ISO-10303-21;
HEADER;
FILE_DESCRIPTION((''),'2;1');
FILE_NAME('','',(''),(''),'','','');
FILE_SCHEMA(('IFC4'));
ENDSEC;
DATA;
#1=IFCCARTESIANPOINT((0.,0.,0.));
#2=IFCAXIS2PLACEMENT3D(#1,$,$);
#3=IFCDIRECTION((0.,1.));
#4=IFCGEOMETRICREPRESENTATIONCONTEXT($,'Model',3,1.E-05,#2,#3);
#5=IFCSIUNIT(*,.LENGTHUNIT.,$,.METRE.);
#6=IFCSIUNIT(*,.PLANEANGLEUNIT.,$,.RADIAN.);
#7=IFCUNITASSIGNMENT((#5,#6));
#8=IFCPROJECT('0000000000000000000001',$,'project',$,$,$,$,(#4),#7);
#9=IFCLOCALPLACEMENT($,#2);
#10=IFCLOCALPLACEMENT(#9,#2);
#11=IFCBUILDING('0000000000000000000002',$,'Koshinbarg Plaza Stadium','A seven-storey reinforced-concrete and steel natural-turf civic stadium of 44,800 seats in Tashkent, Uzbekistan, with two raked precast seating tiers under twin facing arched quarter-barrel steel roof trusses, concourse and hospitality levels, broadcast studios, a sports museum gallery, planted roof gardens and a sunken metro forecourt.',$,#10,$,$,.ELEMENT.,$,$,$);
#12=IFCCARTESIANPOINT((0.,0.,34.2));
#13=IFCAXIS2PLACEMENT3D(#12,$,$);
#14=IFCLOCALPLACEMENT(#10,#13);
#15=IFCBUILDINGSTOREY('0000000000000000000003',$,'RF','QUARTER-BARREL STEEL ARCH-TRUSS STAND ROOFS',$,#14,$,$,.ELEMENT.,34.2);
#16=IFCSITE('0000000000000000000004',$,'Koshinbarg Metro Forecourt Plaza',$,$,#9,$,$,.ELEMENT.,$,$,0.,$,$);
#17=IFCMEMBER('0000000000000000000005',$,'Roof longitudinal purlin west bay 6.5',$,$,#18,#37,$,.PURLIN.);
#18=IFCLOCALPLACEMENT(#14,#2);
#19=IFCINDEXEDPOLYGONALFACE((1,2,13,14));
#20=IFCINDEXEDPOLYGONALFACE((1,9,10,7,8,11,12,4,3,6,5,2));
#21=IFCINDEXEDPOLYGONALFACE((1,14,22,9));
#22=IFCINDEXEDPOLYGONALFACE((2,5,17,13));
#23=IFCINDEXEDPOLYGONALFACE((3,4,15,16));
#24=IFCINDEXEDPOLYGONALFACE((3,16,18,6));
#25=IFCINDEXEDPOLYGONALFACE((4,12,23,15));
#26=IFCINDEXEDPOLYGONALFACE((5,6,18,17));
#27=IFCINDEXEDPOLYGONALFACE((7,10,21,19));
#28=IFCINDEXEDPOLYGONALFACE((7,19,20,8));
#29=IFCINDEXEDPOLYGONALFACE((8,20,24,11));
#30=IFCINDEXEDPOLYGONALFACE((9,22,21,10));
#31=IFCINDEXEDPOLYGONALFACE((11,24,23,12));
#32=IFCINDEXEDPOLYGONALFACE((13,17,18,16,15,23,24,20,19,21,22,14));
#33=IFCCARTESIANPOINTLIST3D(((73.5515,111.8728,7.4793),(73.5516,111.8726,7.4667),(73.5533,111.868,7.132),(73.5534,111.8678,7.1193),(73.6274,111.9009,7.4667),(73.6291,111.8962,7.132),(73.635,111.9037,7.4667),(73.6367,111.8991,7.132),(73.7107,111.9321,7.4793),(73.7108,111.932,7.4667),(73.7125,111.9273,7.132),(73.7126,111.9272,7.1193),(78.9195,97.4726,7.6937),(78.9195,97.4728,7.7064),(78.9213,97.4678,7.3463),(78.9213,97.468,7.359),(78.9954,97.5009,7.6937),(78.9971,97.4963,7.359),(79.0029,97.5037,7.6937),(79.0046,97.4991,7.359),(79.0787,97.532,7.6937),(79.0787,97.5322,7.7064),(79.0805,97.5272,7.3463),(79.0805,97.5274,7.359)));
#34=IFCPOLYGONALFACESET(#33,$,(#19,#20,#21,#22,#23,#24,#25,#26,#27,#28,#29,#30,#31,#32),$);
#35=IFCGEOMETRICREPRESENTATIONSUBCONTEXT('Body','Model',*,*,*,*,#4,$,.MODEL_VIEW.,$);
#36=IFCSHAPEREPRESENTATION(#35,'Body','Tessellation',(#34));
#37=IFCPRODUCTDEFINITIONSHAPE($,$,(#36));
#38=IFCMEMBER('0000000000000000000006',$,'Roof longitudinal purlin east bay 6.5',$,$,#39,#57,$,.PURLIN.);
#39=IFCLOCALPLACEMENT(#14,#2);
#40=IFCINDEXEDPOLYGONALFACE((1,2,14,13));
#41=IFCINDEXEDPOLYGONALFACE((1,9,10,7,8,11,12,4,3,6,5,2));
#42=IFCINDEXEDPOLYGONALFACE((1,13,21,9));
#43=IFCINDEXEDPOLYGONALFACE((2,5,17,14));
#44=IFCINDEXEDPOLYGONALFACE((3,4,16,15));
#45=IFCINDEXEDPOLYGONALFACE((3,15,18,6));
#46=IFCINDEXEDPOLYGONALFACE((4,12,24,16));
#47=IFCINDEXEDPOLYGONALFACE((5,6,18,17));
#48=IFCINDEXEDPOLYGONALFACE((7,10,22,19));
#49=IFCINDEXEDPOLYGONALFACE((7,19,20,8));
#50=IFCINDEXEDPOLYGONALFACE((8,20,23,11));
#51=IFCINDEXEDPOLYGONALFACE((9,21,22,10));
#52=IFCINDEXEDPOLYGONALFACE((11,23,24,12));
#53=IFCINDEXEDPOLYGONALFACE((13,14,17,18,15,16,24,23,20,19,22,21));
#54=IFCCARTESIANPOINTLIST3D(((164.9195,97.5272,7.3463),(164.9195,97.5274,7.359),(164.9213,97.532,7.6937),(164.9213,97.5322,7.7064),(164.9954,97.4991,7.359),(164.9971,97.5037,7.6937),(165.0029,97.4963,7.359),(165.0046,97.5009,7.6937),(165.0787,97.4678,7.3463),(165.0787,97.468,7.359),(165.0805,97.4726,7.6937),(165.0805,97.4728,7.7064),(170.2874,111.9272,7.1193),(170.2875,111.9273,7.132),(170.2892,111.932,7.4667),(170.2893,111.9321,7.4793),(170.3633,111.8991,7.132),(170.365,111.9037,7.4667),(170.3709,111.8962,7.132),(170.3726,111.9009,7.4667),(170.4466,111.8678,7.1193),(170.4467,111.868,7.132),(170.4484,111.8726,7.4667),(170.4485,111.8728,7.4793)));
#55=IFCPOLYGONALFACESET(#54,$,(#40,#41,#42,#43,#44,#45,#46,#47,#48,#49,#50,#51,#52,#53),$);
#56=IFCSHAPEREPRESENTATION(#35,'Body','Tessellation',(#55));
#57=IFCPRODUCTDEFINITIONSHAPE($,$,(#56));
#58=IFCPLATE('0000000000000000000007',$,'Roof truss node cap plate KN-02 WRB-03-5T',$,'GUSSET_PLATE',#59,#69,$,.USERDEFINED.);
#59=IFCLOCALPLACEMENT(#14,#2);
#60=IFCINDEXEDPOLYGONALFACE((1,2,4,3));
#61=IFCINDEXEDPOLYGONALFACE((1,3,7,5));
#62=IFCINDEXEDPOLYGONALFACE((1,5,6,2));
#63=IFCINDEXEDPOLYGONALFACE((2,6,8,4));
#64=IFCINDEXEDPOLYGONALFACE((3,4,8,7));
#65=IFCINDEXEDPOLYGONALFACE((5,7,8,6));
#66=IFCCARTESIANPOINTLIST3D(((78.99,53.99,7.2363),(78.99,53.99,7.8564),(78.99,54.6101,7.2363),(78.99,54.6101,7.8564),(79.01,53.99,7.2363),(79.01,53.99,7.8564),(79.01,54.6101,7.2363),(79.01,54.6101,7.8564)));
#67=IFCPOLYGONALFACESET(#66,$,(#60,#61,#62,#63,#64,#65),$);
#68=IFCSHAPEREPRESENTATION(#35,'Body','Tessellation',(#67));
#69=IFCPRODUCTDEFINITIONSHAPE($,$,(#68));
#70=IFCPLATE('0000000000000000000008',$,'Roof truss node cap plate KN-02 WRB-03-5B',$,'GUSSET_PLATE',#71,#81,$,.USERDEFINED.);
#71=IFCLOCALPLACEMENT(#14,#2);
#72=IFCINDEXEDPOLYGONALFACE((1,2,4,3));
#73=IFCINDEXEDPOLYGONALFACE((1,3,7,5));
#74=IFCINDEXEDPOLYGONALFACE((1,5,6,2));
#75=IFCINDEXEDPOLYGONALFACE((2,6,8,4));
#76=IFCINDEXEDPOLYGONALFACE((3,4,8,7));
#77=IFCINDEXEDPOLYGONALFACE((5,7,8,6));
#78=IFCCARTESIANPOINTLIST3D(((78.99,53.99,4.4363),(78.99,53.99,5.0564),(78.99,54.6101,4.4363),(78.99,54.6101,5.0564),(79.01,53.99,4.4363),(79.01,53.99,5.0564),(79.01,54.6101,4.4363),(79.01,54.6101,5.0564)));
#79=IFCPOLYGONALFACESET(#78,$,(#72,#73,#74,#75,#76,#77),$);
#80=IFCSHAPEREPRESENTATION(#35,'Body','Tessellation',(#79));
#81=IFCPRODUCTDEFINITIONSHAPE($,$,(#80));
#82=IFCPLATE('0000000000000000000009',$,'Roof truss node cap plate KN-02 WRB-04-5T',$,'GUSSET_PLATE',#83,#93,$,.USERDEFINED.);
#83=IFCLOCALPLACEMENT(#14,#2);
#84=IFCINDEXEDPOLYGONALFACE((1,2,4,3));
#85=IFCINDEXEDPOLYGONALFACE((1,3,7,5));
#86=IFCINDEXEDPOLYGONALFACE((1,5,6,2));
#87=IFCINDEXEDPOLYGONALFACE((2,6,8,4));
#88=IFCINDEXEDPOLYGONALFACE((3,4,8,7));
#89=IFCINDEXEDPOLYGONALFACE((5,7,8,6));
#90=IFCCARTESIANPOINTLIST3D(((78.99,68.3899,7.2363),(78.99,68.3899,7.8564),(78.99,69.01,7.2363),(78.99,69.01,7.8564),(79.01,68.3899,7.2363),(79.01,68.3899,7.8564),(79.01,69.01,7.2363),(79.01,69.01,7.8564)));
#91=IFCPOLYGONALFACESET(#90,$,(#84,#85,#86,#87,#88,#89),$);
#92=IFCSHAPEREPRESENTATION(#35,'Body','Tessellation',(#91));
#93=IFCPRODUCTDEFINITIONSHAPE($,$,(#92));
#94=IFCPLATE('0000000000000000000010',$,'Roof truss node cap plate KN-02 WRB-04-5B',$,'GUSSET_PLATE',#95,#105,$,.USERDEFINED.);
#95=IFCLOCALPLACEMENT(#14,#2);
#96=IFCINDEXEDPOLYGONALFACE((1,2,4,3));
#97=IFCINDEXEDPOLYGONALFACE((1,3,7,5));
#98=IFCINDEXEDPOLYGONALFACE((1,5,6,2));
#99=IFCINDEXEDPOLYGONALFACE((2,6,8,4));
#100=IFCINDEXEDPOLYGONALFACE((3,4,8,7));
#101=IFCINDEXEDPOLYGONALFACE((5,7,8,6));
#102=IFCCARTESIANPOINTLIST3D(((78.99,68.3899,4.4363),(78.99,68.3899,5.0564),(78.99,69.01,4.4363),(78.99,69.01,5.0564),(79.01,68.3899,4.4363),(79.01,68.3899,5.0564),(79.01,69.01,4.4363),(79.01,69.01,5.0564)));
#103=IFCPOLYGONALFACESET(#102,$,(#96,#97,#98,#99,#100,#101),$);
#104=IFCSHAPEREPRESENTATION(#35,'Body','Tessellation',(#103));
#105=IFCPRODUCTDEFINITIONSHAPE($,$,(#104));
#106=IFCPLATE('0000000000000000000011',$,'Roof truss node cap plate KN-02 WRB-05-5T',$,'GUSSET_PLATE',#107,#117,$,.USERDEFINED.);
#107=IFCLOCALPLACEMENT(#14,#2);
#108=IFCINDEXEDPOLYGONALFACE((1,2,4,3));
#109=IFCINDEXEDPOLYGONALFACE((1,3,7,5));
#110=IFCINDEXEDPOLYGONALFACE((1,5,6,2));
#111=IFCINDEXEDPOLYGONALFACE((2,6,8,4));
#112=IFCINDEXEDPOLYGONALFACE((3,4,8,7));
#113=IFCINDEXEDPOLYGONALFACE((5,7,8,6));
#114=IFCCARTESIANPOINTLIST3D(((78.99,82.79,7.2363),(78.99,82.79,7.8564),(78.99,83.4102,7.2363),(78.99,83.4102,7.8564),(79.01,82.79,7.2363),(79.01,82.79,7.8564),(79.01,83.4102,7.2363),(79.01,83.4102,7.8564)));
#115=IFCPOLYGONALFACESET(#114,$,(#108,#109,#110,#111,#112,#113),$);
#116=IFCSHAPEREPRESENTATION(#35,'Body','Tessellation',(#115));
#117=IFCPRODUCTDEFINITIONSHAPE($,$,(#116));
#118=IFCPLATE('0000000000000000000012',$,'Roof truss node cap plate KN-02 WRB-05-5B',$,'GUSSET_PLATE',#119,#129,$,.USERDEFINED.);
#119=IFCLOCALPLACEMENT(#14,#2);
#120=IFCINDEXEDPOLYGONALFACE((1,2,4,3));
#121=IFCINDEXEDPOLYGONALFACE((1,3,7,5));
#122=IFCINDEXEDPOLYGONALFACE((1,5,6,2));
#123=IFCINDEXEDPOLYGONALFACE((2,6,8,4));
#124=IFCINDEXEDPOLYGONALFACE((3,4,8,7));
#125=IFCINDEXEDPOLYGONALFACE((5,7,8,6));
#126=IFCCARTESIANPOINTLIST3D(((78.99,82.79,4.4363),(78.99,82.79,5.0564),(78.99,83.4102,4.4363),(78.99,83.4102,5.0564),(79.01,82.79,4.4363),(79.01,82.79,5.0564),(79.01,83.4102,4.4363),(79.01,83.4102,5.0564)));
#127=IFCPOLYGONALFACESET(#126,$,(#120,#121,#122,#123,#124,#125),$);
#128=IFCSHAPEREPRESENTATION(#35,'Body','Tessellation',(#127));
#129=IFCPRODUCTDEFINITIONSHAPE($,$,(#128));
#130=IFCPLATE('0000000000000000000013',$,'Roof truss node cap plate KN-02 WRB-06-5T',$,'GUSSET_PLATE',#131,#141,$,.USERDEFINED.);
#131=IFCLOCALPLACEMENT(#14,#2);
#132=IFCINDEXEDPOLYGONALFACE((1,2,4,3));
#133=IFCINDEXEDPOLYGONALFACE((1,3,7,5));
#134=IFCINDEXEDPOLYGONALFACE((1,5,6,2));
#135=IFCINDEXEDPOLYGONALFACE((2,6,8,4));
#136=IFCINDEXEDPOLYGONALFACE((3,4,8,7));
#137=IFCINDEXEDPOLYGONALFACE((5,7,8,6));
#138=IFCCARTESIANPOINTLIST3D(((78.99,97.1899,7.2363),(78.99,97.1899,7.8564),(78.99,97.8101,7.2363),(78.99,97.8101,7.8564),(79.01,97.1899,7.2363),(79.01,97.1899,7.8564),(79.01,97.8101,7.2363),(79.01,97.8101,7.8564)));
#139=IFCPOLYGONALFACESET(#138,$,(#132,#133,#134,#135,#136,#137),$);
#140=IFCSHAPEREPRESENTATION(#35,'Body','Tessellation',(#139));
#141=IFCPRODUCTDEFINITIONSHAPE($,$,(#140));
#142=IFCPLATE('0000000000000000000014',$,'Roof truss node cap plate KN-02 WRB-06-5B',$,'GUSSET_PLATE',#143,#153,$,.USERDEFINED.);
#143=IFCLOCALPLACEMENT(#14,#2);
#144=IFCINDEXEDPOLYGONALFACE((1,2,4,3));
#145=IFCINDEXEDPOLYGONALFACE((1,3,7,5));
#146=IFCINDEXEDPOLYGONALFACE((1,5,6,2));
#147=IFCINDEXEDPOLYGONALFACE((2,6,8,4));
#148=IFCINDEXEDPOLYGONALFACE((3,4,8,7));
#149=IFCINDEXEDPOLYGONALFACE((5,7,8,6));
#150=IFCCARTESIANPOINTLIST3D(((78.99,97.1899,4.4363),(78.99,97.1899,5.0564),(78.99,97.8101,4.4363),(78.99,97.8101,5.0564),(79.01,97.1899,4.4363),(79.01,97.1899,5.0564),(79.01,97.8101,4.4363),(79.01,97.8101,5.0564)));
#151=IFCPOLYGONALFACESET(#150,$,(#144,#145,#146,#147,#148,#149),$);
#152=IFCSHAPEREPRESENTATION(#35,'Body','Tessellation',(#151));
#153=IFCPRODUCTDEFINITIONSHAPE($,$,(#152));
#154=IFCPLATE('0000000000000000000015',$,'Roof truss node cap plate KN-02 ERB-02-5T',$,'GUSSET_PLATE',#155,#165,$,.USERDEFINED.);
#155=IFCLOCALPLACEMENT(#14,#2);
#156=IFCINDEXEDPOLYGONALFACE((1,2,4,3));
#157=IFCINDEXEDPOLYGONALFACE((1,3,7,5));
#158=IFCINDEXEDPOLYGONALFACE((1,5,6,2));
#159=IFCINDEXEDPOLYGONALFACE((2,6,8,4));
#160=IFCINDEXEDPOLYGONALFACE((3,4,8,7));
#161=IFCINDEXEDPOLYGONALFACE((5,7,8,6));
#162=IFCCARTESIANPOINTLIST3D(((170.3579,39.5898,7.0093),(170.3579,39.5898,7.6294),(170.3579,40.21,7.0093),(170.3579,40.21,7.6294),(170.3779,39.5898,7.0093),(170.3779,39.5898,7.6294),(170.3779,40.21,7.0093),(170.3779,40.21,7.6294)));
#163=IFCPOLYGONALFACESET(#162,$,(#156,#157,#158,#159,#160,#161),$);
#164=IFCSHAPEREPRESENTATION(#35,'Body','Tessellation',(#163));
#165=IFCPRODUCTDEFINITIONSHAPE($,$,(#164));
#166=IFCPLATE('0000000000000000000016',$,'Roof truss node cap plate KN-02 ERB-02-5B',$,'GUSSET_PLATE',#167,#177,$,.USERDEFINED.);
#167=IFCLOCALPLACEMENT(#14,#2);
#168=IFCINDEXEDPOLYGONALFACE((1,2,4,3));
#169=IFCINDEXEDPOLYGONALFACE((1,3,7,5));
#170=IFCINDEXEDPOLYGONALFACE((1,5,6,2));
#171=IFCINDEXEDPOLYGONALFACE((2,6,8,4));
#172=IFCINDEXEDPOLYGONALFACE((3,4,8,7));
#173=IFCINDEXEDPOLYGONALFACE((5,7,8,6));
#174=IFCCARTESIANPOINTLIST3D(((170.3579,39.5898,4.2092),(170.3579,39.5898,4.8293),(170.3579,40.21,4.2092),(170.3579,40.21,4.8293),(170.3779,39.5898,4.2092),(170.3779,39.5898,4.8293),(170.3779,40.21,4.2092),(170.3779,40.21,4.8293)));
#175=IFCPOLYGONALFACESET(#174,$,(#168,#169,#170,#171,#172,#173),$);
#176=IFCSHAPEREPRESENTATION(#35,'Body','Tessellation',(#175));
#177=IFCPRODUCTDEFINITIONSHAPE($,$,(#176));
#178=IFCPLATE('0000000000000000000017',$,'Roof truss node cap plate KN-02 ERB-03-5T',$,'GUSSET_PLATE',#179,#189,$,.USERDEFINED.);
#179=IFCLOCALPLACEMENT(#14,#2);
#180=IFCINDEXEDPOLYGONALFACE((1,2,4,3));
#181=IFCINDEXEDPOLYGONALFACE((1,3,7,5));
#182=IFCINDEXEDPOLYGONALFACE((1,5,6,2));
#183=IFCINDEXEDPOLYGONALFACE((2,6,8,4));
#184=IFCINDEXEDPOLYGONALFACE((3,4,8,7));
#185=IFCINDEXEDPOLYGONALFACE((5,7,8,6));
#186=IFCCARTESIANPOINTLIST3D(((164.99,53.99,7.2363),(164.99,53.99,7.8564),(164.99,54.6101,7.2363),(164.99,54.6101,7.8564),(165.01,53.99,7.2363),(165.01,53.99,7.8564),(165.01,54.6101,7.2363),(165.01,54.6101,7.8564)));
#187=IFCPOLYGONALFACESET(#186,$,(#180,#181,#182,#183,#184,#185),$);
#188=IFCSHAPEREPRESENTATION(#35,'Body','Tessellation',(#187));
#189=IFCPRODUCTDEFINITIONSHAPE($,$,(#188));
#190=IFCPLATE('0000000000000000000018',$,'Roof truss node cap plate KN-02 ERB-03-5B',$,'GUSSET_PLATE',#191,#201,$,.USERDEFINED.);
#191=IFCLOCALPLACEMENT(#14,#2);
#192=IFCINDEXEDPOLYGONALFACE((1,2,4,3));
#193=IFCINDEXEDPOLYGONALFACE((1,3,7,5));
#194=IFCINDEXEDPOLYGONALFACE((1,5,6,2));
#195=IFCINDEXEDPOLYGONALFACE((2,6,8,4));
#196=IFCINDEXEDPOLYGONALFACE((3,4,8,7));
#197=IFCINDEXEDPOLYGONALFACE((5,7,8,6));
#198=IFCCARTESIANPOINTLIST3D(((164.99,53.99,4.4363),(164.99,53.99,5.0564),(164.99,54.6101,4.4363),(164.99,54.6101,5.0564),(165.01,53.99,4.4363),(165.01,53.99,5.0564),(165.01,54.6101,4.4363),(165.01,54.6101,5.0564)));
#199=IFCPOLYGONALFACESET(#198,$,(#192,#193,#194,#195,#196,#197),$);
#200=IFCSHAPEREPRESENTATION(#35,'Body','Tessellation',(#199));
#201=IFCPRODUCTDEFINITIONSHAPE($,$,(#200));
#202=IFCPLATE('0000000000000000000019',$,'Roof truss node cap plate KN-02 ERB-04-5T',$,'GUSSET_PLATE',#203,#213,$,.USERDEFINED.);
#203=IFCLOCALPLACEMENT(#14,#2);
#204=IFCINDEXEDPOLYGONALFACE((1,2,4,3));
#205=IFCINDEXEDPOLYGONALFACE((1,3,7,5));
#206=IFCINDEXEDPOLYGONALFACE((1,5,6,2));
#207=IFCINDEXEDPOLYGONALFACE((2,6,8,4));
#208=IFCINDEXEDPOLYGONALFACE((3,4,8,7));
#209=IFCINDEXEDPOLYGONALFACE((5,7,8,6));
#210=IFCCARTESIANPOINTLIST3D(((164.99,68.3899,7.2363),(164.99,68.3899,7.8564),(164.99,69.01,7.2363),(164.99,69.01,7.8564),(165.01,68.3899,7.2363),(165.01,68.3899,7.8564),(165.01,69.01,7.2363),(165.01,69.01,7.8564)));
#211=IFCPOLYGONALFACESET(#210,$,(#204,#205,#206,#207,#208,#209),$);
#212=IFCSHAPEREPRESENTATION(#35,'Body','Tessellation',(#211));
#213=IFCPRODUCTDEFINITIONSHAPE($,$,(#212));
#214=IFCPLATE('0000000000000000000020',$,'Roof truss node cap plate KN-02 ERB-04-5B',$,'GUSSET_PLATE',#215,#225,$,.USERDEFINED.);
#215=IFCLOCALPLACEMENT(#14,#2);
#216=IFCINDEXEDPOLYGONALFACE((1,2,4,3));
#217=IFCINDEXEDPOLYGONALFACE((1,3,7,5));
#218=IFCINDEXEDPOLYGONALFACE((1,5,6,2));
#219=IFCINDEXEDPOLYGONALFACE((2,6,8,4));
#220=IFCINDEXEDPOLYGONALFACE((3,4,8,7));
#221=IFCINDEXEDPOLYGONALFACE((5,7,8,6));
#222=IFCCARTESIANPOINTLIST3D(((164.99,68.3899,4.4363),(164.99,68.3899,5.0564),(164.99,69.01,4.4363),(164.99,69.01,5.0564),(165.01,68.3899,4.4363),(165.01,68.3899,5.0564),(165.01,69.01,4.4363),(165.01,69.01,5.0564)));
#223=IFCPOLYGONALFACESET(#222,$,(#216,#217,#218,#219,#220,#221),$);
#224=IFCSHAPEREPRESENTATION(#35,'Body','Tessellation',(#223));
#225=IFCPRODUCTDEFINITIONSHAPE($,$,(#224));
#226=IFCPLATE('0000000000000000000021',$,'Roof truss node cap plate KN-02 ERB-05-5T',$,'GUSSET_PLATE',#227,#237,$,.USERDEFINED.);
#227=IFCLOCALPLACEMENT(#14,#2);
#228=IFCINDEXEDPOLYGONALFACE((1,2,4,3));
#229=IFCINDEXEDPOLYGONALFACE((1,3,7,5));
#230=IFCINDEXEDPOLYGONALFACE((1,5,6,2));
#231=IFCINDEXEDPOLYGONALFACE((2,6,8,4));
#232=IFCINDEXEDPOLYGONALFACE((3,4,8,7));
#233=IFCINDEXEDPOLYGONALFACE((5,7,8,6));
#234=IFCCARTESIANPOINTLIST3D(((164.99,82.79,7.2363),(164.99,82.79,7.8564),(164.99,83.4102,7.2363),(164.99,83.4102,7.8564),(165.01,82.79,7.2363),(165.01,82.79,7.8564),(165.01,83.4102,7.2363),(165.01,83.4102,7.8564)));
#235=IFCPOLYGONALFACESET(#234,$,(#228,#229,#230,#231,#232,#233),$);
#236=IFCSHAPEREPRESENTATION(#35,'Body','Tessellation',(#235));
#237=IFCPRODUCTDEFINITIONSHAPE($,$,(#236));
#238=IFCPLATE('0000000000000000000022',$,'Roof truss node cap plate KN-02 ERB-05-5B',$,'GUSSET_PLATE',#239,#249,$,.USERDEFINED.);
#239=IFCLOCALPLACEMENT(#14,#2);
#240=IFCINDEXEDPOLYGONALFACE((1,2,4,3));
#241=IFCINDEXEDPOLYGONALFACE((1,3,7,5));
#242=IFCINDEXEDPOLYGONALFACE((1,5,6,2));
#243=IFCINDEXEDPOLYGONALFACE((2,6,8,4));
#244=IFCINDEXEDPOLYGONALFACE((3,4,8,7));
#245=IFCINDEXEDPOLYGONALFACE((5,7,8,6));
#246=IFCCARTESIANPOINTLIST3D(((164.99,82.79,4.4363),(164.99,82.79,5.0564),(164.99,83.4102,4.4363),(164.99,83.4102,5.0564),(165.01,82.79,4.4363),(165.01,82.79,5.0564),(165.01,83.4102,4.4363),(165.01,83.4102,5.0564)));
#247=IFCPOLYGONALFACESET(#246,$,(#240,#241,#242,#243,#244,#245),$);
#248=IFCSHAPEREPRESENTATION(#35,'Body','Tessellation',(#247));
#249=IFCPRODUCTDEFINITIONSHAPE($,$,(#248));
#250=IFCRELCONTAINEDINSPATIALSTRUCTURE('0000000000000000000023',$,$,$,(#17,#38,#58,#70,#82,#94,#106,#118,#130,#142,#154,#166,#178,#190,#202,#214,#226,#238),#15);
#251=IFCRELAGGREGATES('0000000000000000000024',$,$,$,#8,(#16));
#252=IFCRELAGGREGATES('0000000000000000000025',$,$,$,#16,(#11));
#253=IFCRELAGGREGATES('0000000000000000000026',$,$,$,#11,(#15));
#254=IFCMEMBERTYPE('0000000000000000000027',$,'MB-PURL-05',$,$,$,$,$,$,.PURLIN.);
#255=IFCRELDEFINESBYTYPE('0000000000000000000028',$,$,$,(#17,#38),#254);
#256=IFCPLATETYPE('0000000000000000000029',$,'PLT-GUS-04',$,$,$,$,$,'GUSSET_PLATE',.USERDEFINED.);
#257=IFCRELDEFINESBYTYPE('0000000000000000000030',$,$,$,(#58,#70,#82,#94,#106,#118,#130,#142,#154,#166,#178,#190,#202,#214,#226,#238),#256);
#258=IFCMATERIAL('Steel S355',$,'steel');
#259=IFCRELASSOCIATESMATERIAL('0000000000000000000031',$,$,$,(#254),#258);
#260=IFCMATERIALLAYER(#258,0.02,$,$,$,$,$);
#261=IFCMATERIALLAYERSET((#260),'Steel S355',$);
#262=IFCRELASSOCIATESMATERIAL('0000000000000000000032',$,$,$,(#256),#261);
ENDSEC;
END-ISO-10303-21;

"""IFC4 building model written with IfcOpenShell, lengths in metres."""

from ifc_helpers import new_model, si_unit, direction, frame, origin, origin_2d, place, context, subcontext, project, spatial, rectangle, i_section, extrude, material, layer, layer_set, material_profile, profile_set, type_object, element, save


model = new_model("IFC4")

# Units and contexts
model_context = context("Model", 3, precision=1e-05, world=origin(), true_north=direction((0.0, 1.0)))
body_context = subcontext(model_context, "Body", "Model", "MODEL_VIEW")
ifc_project = project(units=[si_unit("LENGTHUNIT", "METRE"), si_unit("PLANEANGLEUNIT", "RADIAN")], contexts=[model_context])

# Site, building, storey
site_placement = place(None, origin())
site = spatial("IfcSite", under=ifc_project, at=site_placement, Name="Koshinbarg Metro Forecourt Plaza", CompositionType="ELEMENT", RefElevation=0.0)
building_placement = place(site_placement, origin())
building = spatial("IfcBuilding", under=site, at=building_placement, Name="Koshinbarg Plaza Stadium", Description="A seven-storey reinforced-concrete and steel natural-turf civic stadium of 44,800 seats in Tashkent, Uzbekistan, with two raked precast seating tiers under twin facing arched quarter-barrel steel roof trusses, concourse and hospitality levels, broadcast studios, a sports museum gallery, planted roof gardens and a sunken metro forecourt.", CompositionType="ELEMENT")
storey_placement = place(building_placement, frame((0.0, 0.0, 34.2)))
storey = spatial("IfcBuildingStorey", under=building, at=storey_placement, Name="RF", Description="QUARTER-BARREL STEEL ARCH-TRUSS STAND ROOFS", CompositionType="ELEMENT", Elevation=34.2)

# Members
ifc_material = material(Name="Steel S355", Category="steel")
ifc_material_profile_1 = material_profile(ifc_material, i_section(OverallWidth=0.1699, OverallDepth=0.3601, WebThickness=0.0081, FlangeThickness=0.0127, at=origin_2d()), Name="IPE 360")
ifc_profile_set_1 = profile_set([ifc_material_profile_1], Name="Steel S355")
member_type_1 = type_object("IfcMemberType", Name="MB-PURL-05", PredefinedType="PURLIN", material=ifc_profile_set_1)
for number, where, z_axis, x_axis, name in (
    (1, (79.0, 97.5, 7.5264), (-0.349257, 0.936911, -0.014773), (-0.937013, -0.349295, 0.0), "Roof longitudinal purlin west bay 6.5"),
    (2, (165.0, 97.5, 7.5264), (0.349257, 0.936911, -0.014773), (-0.937013, 0.349295, 0.0), "Roof longitudinal purlin east bay 6.5"),
):
    element("IfcMember", number, at=place(storey_placement, frame(where, z_axis=z_axis, x_axis=x_axis)), inside=storey, type_object=member_type_1, Name=name, PredefinedType="PURLIN", context=body_context, shape_type="SweptSolid", body=[
        extrude(i_section(OverallWidth=0.1699, OverallDepth=0.3601, WebThickness=0.0081, FlangeThickness=0.0127, at=origin_2d()), origin(), (0.0, 0.0, 1.0), 15.3696),
    ])

# Plates
ifc_layer = layer(ifc_material, 0.02)
ifc_layer_set = layer_set([ifc_layer], Name="Steel S355")
plate_type = type_object("IfcPlateType", Name="PLT-GUS-04", ElementType="GUSSET_PLATE", PredefinedType="USERDEFINED", material=ifc_layer_set)
for number, where, z_axis, x_axis, name in (
    (3, (79.0, 54.3, 7.2363), (0.0, 0.0, 1.0), (1.0, 0.0, 0.0), "Roof truss node cap plate KN-02 WRB-03-5T"),
    (4, (79.0, 54.3, 4.4363), (0.0, 0.0, 1.0), (1.0, 0.0, 0.0), "Roof truss node cap plate KN-02 WRB-03-5B"),
    (5, (79.0, 68.7, 7.2363), (0.0, 0.0, 1.0), (1.0, 0.0, 0.0), "Roof truss node cap plate KN-02 WRB-04-5T"),
    (6, (79.0, 68.7, 4.4363), (0.0, 0.0, 1.0), (1.0, 0.0, 0.0), "Roof truss node cap plate KN-02 WRB-04-5B"),
    (7, (79.0, 83.1001, 7.2363), (0.0, 0.0, 1.0), (1.0, 0.0, 0.0), "Roof truss node cap plate KN-02 WRB-05-5T"),
    (8, (79.0, 83.1001, 4.4363), (0.0, 0.0, 1.0), (1.0, 0.0, 0.0), "Roof truss node cap plate KN-02 WRB-05-5B"),
    (9, (79.0, 97.5, 7.2363), (0.0, 0.0, 1.0), (1.0, 0.0, 0.0), "Roof truss node cap plate KN-02 WRB-06-5T"),
    (10, (79.0, 97.5, 4.4363), (0.0, 0.0, 1.0), (1.0, 0.0, 0.0), "Roof truss node cap plate KN-02 WRB-06-5B"),
    (11, (170.3679, 39.8999, 7.0093), (0.0, 0.0, 1.0), (1.0, 0.0, 0.0), "Roof truss node cap plate KN-02 ERB-02-5T"),
    (12, (170.3679, 39.8999, 4.2092), (0.0, 0.0, 1.0), (1.0, 0.0, 0.0), "Roof truss node cap plate KN-02 ERB-02-5B"),
    (13, (165.0, 54.3, 7.2363), (0.0, 0.0, 1.0), (1.0, 0.0, 0.0), "Roof truss node cap plate KN-02 ERB-03-5T"),
    (14, (165.0, 54.3, 4.4363), (0.0, 0.0, 1.0), (1.0, 0.0, 0.0), "Roof truss node cap plate KN-02 ERB-03-5B"),
    (15, (165.0, 68.7, 7.2363), (0.0, 0.0, 1.0), (1.0, 0.0, 0.0), "Roof truss node cap plate KN-02 ERB-04-5T"),
    (16, (165.0, 68.7, 4.4363), (0.0, 0.0, 1.0), (1.0, 0.0, 0.0), "Roof truss node cap plate KN-02 ERB-04-5B"),
    (17, (165.0, 83.1001, 7.2363), (0.0, 0.0, 1.0), (1.0, 0.0, 0.0), "Roof truss node cap plate KN-02 ERB-05-5T"),
    (18, (165.0, 83.1001, 4.4363), (0.0, 0.0, 1.0), (1.0, 0.0, 0.0), "Roof truss node cap plate KN-02 ERB-05-5B"),
):
    element("IfcPlate", number, at=place(storey_placement, frame(where, z_axis=z_axis, x_axis=x_axis)), inside=storey, type_object=plate_type, Name=name, ObjectType="GUSSET_PLATE", PredefinedType="USERDEFINED", context=body_context, shape_type="SweptSolid", body=[
        extrude(rectangle(XDim=0.02, YDim=0.6201, at=origin_2d()), origin(), (0.0, 0.0, 1.0), 0.6201),
    ])

save(model, "model.ifc")
